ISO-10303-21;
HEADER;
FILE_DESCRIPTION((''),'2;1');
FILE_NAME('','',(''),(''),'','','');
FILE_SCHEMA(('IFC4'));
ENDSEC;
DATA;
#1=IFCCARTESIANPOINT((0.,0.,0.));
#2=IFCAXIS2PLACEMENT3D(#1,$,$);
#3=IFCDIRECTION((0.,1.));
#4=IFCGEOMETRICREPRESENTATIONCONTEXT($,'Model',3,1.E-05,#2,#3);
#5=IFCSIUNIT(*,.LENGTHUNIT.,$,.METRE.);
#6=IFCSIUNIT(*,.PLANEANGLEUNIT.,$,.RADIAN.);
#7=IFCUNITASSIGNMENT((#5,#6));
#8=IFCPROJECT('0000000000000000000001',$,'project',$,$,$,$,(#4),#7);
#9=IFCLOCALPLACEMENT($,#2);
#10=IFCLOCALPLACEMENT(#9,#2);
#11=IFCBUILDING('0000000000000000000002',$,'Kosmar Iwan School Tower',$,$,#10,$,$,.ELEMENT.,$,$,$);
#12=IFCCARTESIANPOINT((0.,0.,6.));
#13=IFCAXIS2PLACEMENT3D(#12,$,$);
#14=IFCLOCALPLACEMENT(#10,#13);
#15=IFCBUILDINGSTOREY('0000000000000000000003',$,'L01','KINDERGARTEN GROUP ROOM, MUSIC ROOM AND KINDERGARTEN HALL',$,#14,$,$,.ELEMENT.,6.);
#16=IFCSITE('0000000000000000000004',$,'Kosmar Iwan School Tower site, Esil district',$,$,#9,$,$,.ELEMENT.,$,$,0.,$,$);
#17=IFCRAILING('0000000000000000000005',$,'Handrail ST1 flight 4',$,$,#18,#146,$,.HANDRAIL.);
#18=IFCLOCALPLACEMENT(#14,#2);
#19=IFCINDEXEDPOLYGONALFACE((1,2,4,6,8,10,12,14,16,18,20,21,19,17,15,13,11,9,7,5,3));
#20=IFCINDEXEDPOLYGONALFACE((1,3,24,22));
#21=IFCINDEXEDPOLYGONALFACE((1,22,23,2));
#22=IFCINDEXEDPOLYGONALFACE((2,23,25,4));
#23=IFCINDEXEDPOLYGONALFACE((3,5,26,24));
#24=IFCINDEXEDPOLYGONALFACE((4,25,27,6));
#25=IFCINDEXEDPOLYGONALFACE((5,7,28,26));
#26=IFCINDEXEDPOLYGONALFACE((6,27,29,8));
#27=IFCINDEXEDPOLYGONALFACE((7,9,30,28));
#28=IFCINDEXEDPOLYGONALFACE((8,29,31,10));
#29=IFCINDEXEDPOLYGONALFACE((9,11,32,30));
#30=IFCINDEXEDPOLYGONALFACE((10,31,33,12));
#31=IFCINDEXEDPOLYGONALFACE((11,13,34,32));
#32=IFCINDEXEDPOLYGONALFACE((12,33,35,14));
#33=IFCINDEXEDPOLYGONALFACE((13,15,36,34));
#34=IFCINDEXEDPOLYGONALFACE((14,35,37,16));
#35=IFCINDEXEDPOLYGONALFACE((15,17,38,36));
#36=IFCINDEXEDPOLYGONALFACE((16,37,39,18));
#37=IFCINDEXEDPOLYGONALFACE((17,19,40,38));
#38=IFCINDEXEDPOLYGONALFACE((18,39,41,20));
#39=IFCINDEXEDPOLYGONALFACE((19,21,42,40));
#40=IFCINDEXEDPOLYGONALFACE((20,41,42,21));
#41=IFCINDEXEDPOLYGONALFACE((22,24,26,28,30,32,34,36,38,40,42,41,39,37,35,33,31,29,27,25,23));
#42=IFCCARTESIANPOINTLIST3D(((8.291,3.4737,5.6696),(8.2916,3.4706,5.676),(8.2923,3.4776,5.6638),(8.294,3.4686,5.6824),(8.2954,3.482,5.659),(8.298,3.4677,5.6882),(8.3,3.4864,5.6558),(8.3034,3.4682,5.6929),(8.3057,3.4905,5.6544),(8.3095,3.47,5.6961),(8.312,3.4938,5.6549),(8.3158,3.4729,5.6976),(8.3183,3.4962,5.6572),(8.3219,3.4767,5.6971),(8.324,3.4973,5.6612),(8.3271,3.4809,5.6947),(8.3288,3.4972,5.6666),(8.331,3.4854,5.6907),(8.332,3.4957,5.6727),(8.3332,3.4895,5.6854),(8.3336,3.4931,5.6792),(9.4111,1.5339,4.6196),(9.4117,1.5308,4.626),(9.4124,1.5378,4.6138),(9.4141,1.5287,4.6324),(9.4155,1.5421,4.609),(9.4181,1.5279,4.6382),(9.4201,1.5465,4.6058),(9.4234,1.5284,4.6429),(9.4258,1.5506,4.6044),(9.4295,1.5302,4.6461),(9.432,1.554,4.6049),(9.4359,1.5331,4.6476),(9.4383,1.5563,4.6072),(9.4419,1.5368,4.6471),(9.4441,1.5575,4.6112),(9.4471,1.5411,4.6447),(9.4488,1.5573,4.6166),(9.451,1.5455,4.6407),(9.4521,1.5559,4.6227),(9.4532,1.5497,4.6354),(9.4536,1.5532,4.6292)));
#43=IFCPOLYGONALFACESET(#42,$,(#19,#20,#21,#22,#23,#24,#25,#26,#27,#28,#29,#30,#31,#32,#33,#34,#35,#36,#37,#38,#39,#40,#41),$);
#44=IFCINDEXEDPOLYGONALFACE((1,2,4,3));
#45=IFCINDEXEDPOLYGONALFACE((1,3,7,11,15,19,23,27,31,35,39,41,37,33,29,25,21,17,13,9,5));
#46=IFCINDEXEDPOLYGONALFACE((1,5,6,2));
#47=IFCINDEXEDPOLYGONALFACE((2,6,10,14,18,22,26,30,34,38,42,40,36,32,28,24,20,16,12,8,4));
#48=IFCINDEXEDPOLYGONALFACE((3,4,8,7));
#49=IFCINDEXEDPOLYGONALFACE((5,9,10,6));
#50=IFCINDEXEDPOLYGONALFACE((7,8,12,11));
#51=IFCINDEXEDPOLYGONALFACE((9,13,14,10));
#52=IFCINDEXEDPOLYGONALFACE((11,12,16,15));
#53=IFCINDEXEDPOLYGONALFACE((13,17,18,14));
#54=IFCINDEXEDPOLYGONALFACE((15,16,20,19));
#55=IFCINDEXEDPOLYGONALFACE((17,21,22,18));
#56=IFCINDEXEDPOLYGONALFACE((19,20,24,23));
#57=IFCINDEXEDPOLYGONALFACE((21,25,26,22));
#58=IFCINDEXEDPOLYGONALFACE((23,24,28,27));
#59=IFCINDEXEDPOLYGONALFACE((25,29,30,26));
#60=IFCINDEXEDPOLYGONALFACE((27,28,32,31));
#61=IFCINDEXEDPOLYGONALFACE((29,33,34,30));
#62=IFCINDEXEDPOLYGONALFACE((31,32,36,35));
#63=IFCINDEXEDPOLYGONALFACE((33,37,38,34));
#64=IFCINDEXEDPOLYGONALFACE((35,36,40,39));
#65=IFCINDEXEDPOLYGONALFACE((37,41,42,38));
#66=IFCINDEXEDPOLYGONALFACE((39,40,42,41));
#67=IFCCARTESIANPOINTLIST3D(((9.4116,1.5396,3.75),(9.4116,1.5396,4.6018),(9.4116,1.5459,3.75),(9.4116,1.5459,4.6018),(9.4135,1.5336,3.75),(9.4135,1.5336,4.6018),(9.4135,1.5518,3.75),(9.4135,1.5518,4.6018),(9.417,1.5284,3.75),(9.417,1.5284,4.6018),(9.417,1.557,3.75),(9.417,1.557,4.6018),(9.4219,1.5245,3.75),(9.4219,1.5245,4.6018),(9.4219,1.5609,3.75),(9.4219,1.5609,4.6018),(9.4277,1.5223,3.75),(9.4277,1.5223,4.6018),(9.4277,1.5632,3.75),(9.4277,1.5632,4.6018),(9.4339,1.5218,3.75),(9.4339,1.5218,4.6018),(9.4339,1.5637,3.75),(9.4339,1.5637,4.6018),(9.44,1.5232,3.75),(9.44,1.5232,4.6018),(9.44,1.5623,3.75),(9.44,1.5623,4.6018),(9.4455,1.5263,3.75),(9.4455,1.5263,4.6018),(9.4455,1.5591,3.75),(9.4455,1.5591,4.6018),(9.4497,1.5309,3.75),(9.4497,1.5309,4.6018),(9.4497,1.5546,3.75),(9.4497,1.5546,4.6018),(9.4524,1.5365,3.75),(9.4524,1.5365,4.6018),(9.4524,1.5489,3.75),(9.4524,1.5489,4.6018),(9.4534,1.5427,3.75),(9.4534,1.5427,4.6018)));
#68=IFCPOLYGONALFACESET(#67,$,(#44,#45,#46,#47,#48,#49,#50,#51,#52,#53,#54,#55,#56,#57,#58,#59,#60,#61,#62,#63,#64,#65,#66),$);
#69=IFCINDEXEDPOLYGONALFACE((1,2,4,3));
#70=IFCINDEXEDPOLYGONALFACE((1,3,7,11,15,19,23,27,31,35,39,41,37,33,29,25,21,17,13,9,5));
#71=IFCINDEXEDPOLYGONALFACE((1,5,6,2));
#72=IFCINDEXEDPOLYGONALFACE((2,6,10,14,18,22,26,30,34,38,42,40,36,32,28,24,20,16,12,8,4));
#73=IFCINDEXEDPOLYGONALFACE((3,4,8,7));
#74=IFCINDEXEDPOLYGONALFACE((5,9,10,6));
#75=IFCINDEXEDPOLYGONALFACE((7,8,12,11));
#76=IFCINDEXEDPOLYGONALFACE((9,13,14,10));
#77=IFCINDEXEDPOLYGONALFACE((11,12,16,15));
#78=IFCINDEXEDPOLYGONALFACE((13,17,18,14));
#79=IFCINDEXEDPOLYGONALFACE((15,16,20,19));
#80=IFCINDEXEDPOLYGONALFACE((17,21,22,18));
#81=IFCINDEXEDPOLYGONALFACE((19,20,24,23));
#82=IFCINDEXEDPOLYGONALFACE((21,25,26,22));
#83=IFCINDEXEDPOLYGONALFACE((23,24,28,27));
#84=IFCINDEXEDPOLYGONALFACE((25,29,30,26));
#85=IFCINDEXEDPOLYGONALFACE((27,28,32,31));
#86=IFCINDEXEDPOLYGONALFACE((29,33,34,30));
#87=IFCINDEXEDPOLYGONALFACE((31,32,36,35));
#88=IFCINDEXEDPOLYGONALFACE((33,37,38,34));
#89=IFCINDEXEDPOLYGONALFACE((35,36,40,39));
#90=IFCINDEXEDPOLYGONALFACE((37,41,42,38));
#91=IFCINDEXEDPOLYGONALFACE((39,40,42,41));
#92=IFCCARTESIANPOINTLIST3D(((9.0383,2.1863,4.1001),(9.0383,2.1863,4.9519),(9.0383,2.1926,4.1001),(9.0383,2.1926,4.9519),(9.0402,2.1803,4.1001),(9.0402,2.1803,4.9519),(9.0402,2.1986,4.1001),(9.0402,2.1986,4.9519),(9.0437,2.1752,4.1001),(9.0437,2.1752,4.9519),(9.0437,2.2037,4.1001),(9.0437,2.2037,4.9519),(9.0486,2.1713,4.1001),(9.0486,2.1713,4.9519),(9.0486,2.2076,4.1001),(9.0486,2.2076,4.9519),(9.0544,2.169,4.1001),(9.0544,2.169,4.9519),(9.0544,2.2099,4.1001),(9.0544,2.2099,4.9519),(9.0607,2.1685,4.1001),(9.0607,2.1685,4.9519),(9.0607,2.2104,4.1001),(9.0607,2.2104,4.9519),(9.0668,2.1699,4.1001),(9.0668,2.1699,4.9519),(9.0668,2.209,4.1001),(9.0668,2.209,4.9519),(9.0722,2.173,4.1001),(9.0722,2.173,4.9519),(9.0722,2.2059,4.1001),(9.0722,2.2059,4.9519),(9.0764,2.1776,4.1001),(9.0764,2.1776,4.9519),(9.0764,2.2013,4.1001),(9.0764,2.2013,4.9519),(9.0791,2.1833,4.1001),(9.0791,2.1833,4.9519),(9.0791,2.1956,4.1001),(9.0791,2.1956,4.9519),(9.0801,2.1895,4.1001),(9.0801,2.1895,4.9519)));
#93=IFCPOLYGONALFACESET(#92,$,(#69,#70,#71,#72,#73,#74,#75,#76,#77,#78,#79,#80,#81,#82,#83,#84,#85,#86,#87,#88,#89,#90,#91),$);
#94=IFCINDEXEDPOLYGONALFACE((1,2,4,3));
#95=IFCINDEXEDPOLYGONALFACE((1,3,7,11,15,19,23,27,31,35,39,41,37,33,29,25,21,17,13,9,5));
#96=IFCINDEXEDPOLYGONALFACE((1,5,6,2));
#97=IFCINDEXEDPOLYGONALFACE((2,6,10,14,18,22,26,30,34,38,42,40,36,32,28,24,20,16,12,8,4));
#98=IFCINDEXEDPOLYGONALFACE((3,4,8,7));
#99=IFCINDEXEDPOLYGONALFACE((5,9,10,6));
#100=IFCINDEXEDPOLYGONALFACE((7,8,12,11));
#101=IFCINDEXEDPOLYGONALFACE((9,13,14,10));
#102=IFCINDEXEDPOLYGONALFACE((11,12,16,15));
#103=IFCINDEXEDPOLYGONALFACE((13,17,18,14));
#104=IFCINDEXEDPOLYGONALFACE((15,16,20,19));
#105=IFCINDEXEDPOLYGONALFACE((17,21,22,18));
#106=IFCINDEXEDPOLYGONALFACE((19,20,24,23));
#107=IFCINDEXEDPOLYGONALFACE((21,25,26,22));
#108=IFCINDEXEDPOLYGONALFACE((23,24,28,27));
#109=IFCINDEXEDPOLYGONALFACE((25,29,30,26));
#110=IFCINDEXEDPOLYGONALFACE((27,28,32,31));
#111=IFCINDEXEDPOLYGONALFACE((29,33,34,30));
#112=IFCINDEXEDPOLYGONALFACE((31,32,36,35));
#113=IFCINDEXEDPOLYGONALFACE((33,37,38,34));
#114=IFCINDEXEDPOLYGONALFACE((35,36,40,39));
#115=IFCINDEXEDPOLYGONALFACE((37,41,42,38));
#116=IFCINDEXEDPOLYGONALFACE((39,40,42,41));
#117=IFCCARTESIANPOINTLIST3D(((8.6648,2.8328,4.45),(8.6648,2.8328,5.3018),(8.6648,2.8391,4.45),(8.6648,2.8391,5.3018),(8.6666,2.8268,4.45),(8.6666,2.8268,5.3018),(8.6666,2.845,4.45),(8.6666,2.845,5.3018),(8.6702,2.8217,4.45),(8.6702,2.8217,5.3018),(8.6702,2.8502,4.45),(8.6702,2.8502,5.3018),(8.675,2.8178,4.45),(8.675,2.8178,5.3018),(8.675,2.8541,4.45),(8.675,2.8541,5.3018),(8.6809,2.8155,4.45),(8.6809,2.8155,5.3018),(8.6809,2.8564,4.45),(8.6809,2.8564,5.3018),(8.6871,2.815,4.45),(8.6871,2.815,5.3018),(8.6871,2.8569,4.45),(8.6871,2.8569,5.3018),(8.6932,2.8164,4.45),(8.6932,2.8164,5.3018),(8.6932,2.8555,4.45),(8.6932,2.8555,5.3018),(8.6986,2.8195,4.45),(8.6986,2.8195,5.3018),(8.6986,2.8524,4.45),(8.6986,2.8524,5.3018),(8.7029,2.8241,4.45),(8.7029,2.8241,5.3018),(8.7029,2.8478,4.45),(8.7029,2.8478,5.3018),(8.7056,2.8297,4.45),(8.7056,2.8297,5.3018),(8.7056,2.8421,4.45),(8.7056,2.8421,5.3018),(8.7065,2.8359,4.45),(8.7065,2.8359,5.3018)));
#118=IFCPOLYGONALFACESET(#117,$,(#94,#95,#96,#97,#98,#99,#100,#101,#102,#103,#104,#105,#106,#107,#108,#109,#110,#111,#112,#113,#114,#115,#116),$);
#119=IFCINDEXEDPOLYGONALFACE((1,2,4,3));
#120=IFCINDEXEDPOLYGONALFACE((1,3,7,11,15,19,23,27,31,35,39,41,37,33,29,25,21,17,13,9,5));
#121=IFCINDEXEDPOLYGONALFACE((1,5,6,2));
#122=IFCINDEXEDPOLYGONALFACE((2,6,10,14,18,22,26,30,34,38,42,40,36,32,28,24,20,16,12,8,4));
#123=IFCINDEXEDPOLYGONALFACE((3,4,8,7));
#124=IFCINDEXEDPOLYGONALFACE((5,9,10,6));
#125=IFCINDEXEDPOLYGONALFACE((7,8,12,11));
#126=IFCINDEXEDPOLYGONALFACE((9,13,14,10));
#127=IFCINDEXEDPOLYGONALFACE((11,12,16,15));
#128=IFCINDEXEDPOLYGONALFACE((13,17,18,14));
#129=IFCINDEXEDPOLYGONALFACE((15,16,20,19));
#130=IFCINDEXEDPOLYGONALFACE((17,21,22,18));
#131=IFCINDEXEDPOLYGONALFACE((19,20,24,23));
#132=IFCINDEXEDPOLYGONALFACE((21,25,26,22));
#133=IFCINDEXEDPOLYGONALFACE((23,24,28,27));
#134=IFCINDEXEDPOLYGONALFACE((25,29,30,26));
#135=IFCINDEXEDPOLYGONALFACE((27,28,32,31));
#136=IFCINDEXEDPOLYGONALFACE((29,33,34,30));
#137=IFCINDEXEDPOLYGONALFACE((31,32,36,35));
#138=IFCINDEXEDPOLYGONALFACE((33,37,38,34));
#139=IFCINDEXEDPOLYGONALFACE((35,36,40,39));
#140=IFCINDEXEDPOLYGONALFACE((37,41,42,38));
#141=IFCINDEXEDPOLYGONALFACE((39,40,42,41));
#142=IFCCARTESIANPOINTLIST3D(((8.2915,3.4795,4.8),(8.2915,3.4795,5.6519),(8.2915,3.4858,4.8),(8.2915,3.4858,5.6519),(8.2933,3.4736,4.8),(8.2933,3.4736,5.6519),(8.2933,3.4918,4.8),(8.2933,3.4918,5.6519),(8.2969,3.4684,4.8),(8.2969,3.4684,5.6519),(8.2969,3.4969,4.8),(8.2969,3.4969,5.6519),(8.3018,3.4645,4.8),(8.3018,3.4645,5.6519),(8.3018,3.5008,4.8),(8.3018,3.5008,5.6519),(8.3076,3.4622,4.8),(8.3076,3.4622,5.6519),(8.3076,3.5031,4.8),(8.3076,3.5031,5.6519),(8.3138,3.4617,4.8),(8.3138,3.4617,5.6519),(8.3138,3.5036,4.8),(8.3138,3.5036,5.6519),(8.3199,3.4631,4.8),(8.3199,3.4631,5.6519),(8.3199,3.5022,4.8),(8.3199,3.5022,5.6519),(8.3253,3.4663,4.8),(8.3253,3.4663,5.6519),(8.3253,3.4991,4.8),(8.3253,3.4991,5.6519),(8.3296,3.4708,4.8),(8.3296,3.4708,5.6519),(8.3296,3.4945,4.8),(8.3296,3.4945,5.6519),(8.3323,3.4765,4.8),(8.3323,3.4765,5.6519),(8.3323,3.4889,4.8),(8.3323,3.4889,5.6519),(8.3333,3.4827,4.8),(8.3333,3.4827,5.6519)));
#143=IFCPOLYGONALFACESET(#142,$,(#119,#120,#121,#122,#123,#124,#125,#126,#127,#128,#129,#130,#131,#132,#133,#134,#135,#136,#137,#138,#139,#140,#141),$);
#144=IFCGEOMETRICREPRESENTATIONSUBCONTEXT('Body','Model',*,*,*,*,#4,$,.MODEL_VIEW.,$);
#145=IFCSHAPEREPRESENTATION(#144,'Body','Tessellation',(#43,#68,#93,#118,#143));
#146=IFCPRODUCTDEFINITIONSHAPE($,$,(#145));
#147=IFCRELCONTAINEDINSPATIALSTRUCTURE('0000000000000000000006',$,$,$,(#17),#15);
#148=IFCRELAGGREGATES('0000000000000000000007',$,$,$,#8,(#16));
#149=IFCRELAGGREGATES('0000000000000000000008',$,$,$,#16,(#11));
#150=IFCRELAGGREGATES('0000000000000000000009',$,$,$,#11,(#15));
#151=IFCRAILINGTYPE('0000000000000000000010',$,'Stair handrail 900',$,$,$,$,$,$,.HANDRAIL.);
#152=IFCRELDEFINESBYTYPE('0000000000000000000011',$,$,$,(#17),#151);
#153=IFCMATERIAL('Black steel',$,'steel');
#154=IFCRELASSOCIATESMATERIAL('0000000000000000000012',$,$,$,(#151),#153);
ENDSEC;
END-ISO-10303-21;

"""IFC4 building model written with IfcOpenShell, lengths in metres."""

from ifc_helpers import new_model, si_unit, direction, frame, origin, origin_2d, place, context, subcontext, project, spatial, circle, extrude, material, type_object, element, save


model = new_model("IFC4")

# Units and contexts
model_context = context("Model", 3, precision=1e-05, world=origin(), true_north=direction((0.0, 1.0)))
body_context = subcontext(model_context, "Body", "Model", "MODEL_VIEW")
ifc_project = project(units=[si_unit("LENGTHUNIT", "METRE"), si_unit("PLANEANGLEUNIT", "RADIAN")], contexts=[model_context])

# Site, building, storey
site_placement = place(None, origin())
site = spatial("IfcSite", under=ifc_project, at=site_placement, Name="Kosmar Iwan School Tower site, Esil district", CompositionType="ELEMENT", RefElevation=0.0)
building_placement = place(site_placement, origin())
building = spatial("IfcBuilding", under=site, at=building_placement, Name="Kosmar Iwan School Tower", CompositionType="ELEMENT")
storey_placement = place(building_placement, frame((0.0, 0.0, 6.0)))
storey = spatial("IfcBuildingStorey", under=building, at=storey_placement, Name="L01", Description="KINDERGARTEN GROUP ROOM, MUSIC ROOM AND KINDERGARTEN HALL", CompositionType="ELEMENT", Elevation=6.0)

# Railing
ifc_material_1 = material(Name="Black steel", Category="steel")
railing_type = type_object("IfcRailingType", Name="Stair handrail 900", PredefinedType="HANDRAIL", material=ifc_material_1)
railing_1_placement = place(storey_placement, frame((9.4324, 1.5427, 3.75)))
element("IfcRailing", 1, at=railing_1_placement, inside=storey, type_object=railing_type, Name="Handrail ST1 flight 4", PredefinedType="HANDRAIL", context=body_context, shape_type="SweptSolid", body=[
    extrude(circle(Radius=0.0239, at=origin_2d()), frame((0.0, 0.0, 0.876), z_axis=(-0.452757, 0.784134, 0.424435), x_axis=(-0.866008, -0.500031, 0.0)), (0.0, 0.0, 1.0), 2.4739),
    extrude(circle(Radius=0.021, at=origin_2d()), origin(), (0.0, 0.0, 1.0), 0.8518),
    extrude(circle(Radius=0.021, at=origin_2d()), frame((-0.3733, 0.6467, 0.3501)), (0.0, 0.0, 1.0), 0.8518),
    extrude(circle(Radius=0.021, at=origin_2d()), frame((-0.7468, 1.2932, 0.7)), (0.0, 0.0, 1.0), 0.8518),
    extrude(circle(Radius=0.021, at=origin_2d()), frame((-1.1201, 1.9399, 1.05)), (0.0, 0.0, 1.0), 0.8518),
])

save(model, "model.ifc")
